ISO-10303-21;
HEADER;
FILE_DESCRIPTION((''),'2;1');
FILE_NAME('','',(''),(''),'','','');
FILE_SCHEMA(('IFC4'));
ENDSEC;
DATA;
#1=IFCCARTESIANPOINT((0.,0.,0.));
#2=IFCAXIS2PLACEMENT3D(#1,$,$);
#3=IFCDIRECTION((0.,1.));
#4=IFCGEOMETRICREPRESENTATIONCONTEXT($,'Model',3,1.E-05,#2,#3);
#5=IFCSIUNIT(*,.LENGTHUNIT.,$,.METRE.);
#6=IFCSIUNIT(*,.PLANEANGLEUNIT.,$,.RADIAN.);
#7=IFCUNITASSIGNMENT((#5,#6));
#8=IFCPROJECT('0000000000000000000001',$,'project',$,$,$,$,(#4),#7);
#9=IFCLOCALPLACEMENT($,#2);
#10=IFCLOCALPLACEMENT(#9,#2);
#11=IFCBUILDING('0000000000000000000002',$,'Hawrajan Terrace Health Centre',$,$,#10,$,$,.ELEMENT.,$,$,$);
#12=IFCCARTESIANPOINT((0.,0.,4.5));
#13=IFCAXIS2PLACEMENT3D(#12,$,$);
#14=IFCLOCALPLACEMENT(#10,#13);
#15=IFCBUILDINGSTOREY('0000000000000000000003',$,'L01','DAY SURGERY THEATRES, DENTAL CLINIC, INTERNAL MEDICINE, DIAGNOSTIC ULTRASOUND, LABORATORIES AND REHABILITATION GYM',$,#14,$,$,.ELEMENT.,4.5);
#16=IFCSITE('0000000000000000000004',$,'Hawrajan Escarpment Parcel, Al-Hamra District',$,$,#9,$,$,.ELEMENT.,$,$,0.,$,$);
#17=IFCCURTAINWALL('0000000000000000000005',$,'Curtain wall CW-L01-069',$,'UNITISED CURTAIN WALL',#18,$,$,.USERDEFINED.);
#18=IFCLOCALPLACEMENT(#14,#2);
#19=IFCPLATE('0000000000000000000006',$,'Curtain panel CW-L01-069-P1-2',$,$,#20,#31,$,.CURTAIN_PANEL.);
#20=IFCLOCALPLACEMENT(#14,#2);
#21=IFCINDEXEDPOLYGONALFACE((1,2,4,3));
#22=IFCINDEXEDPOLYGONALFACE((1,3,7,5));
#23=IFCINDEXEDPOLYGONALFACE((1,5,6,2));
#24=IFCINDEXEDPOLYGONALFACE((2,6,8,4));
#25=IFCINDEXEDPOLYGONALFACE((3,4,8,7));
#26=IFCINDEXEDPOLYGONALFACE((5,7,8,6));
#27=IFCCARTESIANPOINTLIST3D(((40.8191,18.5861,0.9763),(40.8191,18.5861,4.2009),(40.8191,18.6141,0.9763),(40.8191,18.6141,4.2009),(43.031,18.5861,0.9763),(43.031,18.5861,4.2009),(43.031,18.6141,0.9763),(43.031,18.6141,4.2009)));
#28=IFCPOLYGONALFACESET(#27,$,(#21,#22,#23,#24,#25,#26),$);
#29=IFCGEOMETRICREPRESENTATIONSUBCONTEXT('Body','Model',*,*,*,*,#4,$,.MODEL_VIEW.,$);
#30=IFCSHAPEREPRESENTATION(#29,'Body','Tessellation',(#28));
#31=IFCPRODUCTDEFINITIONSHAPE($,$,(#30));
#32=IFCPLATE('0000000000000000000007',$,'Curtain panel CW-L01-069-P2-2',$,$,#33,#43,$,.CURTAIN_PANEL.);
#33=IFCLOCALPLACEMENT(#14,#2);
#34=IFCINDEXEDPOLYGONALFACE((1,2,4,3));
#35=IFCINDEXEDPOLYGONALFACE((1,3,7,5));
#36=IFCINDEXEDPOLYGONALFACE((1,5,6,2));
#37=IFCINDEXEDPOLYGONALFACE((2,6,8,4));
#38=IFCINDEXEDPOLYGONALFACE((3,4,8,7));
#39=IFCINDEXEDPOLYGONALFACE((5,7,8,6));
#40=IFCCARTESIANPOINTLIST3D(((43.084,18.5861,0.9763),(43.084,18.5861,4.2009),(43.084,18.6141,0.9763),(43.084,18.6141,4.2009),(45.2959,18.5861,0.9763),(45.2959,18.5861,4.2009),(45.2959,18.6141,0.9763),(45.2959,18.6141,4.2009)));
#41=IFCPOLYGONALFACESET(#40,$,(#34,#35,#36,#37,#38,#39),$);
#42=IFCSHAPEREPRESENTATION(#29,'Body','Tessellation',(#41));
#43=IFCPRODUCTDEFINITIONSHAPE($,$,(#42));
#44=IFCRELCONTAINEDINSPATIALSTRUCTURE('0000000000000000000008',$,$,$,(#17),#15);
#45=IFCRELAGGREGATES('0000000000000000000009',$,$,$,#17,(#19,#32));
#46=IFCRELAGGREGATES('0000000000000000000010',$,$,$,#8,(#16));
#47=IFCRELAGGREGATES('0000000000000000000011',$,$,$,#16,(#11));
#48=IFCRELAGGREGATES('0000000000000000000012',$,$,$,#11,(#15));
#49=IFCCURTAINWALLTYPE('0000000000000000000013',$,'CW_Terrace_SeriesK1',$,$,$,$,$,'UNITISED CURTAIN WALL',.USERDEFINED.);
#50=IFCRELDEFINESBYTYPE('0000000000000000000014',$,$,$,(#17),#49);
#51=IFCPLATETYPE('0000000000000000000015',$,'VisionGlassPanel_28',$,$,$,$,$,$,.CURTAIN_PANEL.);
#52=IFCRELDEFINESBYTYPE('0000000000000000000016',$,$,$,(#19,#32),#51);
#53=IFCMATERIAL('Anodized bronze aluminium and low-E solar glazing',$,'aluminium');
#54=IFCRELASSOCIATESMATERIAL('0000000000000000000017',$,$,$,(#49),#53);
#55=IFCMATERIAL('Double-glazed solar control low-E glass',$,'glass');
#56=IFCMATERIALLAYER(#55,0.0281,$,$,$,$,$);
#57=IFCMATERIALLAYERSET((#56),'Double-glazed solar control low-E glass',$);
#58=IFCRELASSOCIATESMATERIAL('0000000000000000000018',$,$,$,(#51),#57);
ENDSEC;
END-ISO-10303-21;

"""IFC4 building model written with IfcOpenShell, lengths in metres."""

from ifc_helpers import new_model, si_unit, direction, frame, origin, origin_2d, place, context, subcontext, project, spatial, rectangle, extrude, material, layer, layer_set, type_object, element, aggregate, save


model = new_model("IFC4")

# Units and contexts
model_context = context("Model", 3, precision=1e-05, world=origin(), true_north=direction((0.0, 1.0)))
body_context = subcontext(model_context, "Body", "Model", "MODEL_VIEW")
ifc_project = project(units=[si_unit("LENGTHUNIT", "METRE"), si_unit("PLANEANGLEUNIT", "RADIAN")], contexts=[model_context])

# Site, building, storey
site_placement = place(None, origin())
site = spatial("IfcSite", under=ifc_project, at=site_placement, Name="Hawrajan Escarpment Parcel, Al-Hamra District", CompositionType="ELEMENT", RefElevation=0.0)
building_placement = place(site_placement, origin())
building = spatial("IfcBuilding", under=site, at=building_placement, Name="Hawrajan Terrace Health Centre", CompositionType="ELEMENT")
storey_placement = place(building_placement, frame((0.0, 0.0, 4.5)))
storey = spatial("IfcBuildingStorey", under=building, at=storey_placement, Name="L01", Description="DAY SURGERY THEATRES, DENTAL CLINIC, INTERNAL MEDICINE, DIAGNOSTIC ULTRASOUND, LABORATORIES AND REHABILITATION GYM", CompositionType="ELEMENT", Elevation=4.5)

# Shared definitions
ifc_material_1 = material(Name="Anodized bronze aluminium and low-E solar glazing", Category="aluminium")

# Curtain wall
curtain_wall_type_1 = type_object("IfcCurtainWallType", Name="CW_Terrace_SeriesK1", ElementType="UNITISED CURTAIN WALL", PredefinedType="USERDEFINED", material=ifc_material_1)
curtain_wall_1_placement = place(storey_placement, origin())
curtain_wall_1 = element("IfcCurtainWall", 1, at=curtain_wall_1_placement, inside=storey, type_object=curtain_wall_type_1, Name="Curtain wall CW-L01-069", ObjectType="UNITISED CURTAIN WALL", PredefinedType="USERDEFINED")

# Plates
ifc_material_2 = material(Name="Double-glazed solar control low-E glass", Category="glass")
ifc_layer_1 = layer(ifc_material_2, 0.0281)
ifc_layer_set_1 = layer_set([ifc_layer_1], Name="Double-glazed solar control low-E glass")
plate_type_1 = type_object("IfcPlateType", Name="VisionGlassPanel_28", PredefinedType="CURTAIN_PANEL", material=ifc_layer_set_1)
plate_1_placement = place(storey_placement, frame((41.925, 18.6001, 0.9763), z_axis=(0.0, 0.0, 1.0), x_axis=(1.0, 0.0, 0.0)))
plate_1 = element("IfcPlate", 2, at=plate_1_placement, type_object=plate_type_1, Name="Curtain panel CW-L01-069-P1-2", PredefinedType="CURTAIN_PANEL", context=body_context, shape_type="SweptSolid", body=[
    extrude(rectangle(XDim=2.2119, YDim=0.0281, at=origin_2d()), origin(), (0.0, 0.0, 1.0), 3.2246),
])
plate_2_placement = place(storey_placement, frame((44.1899, 18.6001, 0.9763), z_axis=(0.0, 0.0, 1.0), x_axis=(1.0, 0.0, 0.0)))
plate_2 = element("IfcPlate", 3, at=plate_2_placement, type_object=plate_type_1, Name="Curtain panel CW-L01-069-P2-2", PredefinedType="CURTAIN_PANEL", context=body_context, shape_type="SweptSolid", body=[
    extrude(rectangle(XDim=2.2119, YDim=0.0281, at=origin_2d()), origin(), (0.0, 0.0, 1.0), 3.2246),
])
aggregate(curtain_wall_1, [plate_1, plate_2])

save(model, "model.ifc")
